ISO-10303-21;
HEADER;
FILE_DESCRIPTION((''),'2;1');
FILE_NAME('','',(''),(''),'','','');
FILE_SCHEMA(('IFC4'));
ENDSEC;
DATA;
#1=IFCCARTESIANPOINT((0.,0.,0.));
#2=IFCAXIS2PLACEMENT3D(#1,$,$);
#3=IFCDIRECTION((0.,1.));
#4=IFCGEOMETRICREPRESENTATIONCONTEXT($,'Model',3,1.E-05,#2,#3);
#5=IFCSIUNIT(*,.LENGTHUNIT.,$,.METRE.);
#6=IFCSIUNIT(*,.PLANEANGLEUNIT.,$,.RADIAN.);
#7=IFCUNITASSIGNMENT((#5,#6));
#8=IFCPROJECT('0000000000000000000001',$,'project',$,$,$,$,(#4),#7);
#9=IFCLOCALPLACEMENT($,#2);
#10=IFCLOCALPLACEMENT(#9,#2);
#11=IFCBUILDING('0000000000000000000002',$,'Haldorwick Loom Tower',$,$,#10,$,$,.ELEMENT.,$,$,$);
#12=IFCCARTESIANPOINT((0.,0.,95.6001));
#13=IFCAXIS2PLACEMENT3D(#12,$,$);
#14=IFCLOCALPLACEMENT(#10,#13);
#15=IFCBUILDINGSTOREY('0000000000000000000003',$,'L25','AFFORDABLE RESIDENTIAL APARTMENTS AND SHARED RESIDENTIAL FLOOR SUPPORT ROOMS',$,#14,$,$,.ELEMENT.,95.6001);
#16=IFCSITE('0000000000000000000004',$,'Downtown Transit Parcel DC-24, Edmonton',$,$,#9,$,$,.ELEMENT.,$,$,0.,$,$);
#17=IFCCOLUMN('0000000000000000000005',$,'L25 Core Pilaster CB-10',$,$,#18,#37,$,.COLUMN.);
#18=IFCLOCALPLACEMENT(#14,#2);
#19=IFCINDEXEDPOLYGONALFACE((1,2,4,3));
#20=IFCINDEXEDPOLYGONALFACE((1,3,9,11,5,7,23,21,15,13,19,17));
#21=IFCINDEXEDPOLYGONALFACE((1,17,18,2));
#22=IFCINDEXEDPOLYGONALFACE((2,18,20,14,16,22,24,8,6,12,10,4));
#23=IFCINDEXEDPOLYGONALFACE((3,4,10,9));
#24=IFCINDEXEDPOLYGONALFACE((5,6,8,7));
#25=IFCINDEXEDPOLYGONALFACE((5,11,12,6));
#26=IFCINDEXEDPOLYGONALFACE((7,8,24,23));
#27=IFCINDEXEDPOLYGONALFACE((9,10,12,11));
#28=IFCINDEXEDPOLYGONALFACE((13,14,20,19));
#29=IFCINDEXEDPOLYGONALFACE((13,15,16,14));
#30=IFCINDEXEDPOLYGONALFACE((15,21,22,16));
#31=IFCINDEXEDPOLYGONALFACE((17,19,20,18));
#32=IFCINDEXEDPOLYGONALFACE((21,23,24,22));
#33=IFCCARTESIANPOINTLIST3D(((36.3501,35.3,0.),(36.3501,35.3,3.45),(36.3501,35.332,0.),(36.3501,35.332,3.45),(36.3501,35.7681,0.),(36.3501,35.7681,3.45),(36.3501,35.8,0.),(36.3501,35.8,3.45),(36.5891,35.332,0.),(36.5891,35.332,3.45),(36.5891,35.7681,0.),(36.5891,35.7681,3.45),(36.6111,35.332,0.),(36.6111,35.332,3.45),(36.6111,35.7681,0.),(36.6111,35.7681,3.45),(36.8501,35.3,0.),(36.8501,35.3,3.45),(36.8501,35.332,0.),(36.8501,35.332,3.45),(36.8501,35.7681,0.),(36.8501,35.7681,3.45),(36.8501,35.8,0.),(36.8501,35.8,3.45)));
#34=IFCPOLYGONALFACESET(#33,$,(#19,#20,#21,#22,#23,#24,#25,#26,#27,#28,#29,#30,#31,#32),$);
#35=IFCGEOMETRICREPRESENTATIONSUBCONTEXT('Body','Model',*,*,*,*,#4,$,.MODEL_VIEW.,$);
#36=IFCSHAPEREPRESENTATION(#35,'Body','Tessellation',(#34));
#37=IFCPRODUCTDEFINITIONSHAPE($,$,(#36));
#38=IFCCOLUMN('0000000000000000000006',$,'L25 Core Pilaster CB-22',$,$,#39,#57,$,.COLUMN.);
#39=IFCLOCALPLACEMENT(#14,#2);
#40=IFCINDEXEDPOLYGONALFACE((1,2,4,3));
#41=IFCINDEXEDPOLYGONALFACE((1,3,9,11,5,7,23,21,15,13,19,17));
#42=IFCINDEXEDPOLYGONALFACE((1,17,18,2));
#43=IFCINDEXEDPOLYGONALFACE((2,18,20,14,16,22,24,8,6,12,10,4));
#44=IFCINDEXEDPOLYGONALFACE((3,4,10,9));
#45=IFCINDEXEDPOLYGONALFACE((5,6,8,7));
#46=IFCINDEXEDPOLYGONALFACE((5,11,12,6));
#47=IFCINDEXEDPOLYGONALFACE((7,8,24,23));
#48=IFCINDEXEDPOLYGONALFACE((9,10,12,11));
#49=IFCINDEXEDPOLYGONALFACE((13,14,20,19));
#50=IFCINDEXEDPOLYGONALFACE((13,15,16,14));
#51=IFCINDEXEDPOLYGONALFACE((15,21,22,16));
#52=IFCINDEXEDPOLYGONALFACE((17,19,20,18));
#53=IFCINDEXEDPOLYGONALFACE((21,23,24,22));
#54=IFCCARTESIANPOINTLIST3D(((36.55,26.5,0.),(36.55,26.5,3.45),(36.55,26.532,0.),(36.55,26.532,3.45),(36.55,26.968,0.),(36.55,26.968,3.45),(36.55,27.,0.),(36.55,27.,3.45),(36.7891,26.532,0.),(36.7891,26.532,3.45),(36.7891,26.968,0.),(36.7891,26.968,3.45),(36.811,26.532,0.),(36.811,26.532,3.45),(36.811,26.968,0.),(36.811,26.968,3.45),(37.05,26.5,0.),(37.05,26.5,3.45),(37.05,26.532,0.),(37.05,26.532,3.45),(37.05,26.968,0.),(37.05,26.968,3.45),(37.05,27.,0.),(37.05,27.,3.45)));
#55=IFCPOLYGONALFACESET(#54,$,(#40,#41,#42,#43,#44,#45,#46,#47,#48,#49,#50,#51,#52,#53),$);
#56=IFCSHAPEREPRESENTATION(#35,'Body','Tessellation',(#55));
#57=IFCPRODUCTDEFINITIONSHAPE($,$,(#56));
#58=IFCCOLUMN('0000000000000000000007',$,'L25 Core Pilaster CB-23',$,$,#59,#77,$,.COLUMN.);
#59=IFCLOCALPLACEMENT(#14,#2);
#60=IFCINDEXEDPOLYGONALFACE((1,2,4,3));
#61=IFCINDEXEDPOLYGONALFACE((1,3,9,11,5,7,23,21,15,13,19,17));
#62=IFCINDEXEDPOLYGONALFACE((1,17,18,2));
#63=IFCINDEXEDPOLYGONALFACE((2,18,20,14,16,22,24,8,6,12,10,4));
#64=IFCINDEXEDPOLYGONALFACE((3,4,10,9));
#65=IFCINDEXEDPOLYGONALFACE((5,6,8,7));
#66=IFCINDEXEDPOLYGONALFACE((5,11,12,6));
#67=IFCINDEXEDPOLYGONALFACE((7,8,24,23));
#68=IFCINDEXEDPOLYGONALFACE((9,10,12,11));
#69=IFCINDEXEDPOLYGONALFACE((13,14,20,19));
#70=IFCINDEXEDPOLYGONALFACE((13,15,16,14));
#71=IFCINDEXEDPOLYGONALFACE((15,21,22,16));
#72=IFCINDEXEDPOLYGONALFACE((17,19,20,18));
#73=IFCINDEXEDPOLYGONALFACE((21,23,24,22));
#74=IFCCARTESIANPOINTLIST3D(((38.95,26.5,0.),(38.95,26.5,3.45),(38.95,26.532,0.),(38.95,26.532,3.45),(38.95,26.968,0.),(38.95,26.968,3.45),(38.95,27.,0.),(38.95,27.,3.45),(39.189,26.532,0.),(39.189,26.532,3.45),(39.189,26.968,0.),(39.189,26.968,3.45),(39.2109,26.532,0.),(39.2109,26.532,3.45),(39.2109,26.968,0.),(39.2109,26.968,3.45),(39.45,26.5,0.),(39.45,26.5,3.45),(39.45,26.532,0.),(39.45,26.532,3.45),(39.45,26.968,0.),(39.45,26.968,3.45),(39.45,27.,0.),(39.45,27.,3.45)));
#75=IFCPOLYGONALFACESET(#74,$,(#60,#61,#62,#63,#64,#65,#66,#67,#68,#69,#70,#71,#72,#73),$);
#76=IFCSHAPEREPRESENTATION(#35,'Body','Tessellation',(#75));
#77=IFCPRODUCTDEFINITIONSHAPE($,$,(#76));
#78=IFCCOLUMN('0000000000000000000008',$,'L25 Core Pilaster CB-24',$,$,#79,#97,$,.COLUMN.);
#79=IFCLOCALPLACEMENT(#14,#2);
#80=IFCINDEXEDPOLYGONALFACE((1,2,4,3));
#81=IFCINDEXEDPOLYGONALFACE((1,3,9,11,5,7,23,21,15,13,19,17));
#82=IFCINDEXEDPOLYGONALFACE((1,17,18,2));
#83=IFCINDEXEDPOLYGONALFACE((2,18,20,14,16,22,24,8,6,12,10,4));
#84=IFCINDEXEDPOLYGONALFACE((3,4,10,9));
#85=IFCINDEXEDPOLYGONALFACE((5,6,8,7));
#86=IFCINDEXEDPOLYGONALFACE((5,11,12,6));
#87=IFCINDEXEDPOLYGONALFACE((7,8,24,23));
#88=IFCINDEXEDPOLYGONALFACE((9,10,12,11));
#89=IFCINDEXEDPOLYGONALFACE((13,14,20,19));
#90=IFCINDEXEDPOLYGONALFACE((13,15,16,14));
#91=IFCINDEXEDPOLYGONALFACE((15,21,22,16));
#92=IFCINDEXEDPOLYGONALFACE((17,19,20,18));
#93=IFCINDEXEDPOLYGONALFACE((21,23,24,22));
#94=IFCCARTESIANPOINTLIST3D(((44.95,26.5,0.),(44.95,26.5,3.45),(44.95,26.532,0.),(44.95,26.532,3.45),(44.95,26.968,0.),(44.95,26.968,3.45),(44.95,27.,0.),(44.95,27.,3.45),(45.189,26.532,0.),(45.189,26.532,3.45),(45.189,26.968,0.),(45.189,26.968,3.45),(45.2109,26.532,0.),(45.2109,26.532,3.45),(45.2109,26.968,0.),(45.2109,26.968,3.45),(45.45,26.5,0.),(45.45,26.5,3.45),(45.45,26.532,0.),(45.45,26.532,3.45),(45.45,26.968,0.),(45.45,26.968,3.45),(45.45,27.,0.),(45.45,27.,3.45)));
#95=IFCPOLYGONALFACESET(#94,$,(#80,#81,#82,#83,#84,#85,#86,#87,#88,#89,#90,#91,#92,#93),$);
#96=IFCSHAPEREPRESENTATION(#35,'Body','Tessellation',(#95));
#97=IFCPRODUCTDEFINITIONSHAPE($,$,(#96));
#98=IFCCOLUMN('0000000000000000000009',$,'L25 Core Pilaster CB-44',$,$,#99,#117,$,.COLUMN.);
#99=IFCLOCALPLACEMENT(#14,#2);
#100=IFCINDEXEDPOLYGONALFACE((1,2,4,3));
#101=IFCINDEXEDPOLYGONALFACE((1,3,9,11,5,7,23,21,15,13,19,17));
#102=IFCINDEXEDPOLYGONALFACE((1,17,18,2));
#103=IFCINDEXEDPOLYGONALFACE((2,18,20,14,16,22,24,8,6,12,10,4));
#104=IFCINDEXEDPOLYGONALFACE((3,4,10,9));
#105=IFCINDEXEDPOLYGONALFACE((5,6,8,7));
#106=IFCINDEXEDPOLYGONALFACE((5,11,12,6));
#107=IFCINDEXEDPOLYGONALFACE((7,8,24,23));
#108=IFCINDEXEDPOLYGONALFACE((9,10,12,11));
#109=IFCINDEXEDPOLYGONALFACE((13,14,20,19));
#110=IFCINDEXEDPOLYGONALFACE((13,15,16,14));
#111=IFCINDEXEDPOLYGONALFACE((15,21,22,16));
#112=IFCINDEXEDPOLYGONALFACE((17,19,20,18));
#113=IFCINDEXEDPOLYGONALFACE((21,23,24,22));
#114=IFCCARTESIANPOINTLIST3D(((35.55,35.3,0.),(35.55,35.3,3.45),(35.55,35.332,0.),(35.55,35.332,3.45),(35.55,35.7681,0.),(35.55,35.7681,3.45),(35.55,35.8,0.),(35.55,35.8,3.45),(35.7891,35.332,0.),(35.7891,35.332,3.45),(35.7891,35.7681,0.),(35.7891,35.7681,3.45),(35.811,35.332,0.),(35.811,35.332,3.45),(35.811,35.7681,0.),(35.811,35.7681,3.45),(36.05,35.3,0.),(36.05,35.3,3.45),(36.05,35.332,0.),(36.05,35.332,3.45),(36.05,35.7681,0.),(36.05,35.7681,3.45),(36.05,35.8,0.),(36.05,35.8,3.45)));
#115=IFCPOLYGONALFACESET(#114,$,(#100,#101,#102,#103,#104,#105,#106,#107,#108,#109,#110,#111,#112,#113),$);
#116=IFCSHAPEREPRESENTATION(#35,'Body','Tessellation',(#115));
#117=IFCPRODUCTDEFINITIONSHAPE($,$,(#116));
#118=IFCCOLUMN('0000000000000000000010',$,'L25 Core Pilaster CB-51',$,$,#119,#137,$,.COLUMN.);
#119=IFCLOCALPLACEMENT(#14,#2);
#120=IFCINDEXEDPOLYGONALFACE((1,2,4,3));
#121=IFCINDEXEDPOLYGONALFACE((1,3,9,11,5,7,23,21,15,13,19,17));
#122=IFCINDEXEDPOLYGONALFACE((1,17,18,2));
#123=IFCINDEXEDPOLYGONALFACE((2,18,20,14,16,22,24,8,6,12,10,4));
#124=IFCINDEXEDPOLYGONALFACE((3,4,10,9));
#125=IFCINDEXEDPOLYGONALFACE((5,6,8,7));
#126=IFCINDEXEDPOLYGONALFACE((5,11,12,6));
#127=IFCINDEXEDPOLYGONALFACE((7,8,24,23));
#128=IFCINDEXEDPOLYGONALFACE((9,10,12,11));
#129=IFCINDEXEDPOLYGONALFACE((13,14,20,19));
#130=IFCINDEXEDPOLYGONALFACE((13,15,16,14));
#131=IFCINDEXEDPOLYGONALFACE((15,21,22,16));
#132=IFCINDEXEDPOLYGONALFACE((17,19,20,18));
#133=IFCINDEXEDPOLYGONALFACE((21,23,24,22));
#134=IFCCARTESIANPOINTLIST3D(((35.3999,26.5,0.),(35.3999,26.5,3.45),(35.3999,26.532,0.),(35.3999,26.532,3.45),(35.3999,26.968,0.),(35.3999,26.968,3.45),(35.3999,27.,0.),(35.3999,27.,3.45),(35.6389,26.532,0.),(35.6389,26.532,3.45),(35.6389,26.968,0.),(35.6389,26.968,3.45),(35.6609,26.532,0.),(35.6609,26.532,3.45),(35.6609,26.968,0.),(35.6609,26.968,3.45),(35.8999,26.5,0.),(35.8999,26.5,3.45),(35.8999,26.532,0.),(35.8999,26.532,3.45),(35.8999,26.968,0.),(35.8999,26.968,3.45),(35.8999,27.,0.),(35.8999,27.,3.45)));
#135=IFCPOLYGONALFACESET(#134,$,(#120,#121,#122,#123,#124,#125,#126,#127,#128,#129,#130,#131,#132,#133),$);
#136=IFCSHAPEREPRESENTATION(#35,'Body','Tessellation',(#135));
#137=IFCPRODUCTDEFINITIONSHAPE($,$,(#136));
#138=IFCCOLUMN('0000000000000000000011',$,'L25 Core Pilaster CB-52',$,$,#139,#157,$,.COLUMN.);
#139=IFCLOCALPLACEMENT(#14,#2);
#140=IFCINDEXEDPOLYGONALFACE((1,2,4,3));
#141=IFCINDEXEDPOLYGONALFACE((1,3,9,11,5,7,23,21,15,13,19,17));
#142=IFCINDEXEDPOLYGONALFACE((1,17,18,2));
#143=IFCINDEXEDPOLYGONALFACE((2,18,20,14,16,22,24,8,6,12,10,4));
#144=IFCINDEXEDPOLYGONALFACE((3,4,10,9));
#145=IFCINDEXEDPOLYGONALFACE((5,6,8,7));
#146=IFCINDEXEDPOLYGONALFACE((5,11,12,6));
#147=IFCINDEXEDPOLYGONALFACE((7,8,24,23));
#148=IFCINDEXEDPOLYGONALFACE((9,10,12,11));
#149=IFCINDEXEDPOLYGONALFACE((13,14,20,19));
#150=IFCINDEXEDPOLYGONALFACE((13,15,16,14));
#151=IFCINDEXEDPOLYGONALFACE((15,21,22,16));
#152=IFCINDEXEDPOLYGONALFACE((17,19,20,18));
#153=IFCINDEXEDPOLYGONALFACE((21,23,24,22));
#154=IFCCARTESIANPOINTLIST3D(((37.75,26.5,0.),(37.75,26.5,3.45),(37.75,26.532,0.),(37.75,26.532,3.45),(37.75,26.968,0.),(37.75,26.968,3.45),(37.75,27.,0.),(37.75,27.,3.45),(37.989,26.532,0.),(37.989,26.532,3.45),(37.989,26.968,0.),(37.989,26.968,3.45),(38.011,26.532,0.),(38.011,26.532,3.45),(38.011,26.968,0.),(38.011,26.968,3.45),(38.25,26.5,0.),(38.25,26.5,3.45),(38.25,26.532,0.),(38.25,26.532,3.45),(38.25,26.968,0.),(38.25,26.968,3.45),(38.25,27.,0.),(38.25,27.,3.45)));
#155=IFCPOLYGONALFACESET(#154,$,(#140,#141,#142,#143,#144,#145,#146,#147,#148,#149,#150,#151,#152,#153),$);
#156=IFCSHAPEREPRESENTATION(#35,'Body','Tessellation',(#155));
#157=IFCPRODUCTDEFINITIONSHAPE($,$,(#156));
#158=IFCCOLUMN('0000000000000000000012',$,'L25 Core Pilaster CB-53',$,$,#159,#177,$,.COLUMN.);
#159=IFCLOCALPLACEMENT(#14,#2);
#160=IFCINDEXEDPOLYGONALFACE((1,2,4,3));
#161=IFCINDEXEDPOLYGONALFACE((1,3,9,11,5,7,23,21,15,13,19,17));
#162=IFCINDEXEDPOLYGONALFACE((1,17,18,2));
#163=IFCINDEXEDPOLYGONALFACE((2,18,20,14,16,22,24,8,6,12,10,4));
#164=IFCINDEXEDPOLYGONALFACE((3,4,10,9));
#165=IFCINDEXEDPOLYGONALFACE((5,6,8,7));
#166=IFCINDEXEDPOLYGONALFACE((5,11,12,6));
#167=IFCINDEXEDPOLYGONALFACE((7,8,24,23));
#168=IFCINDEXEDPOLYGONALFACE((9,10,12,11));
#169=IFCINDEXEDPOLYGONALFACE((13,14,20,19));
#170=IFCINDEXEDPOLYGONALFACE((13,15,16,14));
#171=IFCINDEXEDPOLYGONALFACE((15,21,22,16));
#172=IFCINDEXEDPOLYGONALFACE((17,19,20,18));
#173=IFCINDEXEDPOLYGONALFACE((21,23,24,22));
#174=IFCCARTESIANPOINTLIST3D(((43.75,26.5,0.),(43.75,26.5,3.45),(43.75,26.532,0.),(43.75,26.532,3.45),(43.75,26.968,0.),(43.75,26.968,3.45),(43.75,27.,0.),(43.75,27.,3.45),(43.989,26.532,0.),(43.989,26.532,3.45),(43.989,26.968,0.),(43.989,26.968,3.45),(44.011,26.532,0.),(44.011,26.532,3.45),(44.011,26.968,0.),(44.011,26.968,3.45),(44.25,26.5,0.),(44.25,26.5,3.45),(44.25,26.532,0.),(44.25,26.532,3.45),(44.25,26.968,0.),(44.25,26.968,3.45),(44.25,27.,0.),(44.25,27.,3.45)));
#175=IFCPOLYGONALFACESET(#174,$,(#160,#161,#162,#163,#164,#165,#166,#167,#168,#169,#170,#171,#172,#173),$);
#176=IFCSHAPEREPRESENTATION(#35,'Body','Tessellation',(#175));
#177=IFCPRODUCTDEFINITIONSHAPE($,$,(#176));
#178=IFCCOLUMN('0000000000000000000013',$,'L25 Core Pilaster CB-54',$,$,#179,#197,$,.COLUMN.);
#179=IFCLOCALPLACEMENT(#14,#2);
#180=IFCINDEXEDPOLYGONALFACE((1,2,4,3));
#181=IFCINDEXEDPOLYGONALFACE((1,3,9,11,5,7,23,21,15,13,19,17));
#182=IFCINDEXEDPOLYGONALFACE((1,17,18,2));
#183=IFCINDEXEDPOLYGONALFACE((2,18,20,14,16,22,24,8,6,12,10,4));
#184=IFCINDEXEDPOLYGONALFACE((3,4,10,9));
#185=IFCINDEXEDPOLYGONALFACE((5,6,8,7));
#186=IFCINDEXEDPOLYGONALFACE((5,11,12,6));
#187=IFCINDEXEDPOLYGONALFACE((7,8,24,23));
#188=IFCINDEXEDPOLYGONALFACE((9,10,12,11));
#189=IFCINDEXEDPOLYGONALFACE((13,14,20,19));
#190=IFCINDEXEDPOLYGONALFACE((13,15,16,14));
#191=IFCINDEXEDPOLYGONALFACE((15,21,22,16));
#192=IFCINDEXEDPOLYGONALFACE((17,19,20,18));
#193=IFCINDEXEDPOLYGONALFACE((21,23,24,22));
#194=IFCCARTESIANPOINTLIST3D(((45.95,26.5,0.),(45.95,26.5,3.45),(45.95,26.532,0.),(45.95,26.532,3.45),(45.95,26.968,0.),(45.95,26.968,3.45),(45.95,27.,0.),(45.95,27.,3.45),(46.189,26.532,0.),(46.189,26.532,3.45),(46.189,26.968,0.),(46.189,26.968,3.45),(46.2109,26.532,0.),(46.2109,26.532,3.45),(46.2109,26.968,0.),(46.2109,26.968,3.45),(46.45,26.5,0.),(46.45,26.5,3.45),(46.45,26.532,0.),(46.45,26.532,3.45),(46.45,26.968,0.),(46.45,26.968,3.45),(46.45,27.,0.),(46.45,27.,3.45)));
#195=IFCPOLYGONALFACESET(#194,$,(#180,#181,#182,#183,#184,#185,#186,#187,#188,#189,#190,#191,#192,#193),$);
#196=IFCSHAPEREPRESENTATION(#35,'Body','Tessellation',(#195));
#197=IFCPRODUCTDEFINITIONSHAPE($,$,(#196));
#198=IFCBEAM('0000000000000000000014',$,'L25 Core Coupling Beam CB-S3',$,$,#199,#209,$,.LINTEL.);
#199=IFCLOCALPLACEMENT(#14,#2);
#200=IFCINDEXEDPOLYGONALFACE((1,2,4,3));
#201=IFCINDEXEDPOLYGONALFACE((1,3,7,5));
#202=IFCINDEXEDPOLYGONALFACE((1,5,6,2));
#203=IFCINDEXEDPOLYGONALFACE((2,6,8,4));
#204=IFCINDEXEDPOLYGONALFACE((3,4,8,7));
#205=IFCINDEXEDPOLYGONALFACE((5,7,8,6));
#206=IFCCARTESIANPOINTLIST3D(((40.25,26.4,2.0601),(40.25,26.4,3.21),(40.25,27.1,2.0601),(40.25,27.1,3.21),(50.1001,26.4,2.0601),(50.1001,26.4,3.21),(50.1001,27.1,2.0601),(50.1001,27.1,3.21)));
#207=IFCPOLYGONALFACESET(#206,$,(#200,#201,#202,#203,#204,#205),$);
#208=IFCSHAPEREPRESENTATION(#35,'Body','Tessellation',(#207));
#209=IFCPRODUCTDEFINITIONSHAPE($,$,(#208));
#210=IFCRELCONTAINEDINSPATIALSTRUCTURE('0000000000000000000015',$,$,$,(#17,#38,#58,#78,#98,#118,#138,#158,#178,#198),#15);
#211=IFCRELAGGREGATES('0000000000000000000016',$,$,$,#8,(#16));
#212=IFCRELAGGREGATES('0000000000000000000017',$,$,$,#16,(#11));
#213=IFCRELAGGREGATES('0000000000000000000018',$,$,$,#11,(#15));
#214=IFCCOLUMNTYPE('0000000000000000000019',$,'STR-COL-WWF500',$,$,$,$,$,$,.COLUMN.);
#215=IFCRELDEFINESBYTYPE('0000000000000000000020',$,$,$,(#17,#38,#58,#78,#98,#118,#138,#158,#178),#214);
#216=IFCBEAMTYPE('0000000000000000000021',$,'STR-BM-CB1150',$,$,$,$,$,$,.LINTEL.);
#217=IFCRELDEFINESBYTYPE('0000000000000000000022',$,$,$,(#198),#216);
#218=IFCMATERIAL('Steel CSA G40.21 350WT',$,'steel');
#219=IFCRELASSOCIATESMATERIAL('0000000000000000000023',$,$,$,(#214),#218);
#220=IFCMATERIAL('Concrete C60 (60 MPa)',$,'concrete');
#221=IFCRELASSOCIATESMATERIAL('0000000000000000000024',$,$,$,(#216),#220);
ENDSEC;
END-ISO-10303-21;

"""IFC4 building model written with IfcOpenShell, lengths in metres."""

from ifc_helpers import new_model, si_unit, direction, frame, origin, origin_2d, place, context, subcontext, project, spatial, rectangle, i_section, extrude, material, material_profile, profile_set, type_object, element, save


model = new_model("IFC4")

# Units and contexts
model_context = context("Model", 3, precision=1e-05, world=origin(), true_north=direction((0.0, 1.0)))
body_context = subcontext(model_context, "Body", "Model", "MODEL_VIEW")
ifc_project = project(units=[si_unit("LENGTHUNIT", "METRE"), si_unit("PLANEANGLEUNIT", "RADIAN")], contexts=[model_context])

# Site, building, storey
site_placement = place(None, origin())
site = spatial("IfcSite", under=ifc_project, at=site_placement, Name="Downtown Transit Parcel DC-24, Edmonton", CompositionType="ELEMENT", RefElevation=0.0)
building_placement = place(site_placement, origin())
building = spatial("IfcBuilding", under=site, at=building_placement, Name="Haldorwick Loom Tower", CompositionType="ELEMENT")
storey_placement = place(building_placement, frame((0.0, 0.0, 95.6001)))
storey = spatial("IfcBuildingStorey", under=building, at=storey_placement, Name="L25", Description="AFFORDABLE RESIDENTIAL APARTMENTS AND SHARED RESIDENTIAL FLOOR SUPPORT ROOMS", CompositionType="ELEMENT", Elevation=95.6001)

# Columns
ifc_material_1 = material(Name="Steel CSA G40.21 350WT", Category="steel")
ifc_material_profile_1 = material_profile(ifc_material_1, i_section(OverallWidth=0.5, OverallDepth=0.5, WebThickness=0.022, FlangeThickness=0.032, at=origin_2d()), Name="WWF500X500", Category="steel")
ifc_profile_set_1 = profile_set([ifc_material_profile_1], Name="Steel CSA G40.21 350WT")
column_type = type_object("IfcColumnType", Name="STR-COL-WWF500", PredefinedType="COLUMN", material=ifc_profile_set_1)
for number, where, z_axis, x_axis, name in (
    (1, (36.6001, 35.55, 0.0), (0.0, 0.0, 1.0), (1.0, 0.0, 0.0), "L25 Core Pilaster CB-10"),
    (2, (36.8, 26.75, 0.0), (0.0, 0.0, 1.0), (1.0, 0.0, 0.0), "L25 Core Pilaster CB-22"),
    (3, (39.2, 26.75, 0.0), (0.0, 0.0, 1.0), (1.0, 0.0, 0.0), "L25 Core Pilaster CB-23"),
    (4, (45.2, 26.75, 0.0), (0.0, 0.0, 1.0), (1.0, 0.0, 0.0), "L25 Core Pilaster CB-24"),
    (5, (35.8, 35.55, 0.0), (0.0, 0.0, 1.0), (1.0, 0.0, 0.0), "L25 Core Pilaster CB-44"),
    (6, (35.6499, 26.75, 0.0), (0.0, 0.0, 1.0), (1.0, 0.0, 0.0), "L25 Core Pilaster CB-51"),
    (7, (38.0, 26.75, 0.0), (0.0, 0.0, 1.0), (1.0, 0.0, 0.0), "L25 Core Pilaster CB-52"),
    (8, (44.0, 26.75, 0.0), (0.0, 0.0, 1.0), (1.0, 0.0, 0.0), "L25 Core Pilaster CB-53"),
    (9, (46.2, 26.75, 0.0), (0.0, 0.0, 1.0), (1.0, 0.0, 0.0), "L25 Core Pilaster CB-54"),
):
    element("IfcColumn", number, at=place(storey_placement, frame(where, z_axis=z_axis, x_axis=x_axis)), inside=storey, type_object=column_type, Name=name, PredefinedType="COLUMN", context=body_context, shape_type="SweptSolid", body=[
        extrude(i_section(OverallWidth=0.5, OverallDepth=0.5, WebThickness=0.022, FlangeThickness=0.032, at=origin_2d()), origin(), (0.0, 0.0, 1.0), 3.45),
    ])

# Beam
ifc_material_2 = material(Name="Concrete C60 (60 MPa)", Category="concrete")
ifc_material_profile_2 = material_profile(ifc_material_2, rectangle(XDim=0.7, YDim=1.1499, at=origin_2d()), Name="RC700X1150", Category="concrete")
ifc_profile_set_2 = profile_set([ifc_material_profile_2], Name="Concrete C60 (60 MPa)")
beam_type_1 = type_object("IfcBeamType", Name="STR-BM-CB1150", PredefinedType="LINTEL", material=ifc_profile_set_2)
beam_placement = place(storey_placement, frame((40.25, 26.75, 2.635), z_axis=(1.0, 0.0, 0.0), x_axis=(0.0, 1.0, 0.0)))
element("IfcBeam", 10, at=beam_placement, inside=storey, type_object=beam_type_1, Name="L25 Core Coupling Beam CB-S3", PredefinedType="LINTEL", context=body_context, shape_type="SweptSolid", body=[
    extrude(rectangle(XDim=0.7, YDim=1.1499, at=origin_2d()), origin(), (0.0, 0.0, 1.0), 9.8501),
])

save(model, "model.ifc")
